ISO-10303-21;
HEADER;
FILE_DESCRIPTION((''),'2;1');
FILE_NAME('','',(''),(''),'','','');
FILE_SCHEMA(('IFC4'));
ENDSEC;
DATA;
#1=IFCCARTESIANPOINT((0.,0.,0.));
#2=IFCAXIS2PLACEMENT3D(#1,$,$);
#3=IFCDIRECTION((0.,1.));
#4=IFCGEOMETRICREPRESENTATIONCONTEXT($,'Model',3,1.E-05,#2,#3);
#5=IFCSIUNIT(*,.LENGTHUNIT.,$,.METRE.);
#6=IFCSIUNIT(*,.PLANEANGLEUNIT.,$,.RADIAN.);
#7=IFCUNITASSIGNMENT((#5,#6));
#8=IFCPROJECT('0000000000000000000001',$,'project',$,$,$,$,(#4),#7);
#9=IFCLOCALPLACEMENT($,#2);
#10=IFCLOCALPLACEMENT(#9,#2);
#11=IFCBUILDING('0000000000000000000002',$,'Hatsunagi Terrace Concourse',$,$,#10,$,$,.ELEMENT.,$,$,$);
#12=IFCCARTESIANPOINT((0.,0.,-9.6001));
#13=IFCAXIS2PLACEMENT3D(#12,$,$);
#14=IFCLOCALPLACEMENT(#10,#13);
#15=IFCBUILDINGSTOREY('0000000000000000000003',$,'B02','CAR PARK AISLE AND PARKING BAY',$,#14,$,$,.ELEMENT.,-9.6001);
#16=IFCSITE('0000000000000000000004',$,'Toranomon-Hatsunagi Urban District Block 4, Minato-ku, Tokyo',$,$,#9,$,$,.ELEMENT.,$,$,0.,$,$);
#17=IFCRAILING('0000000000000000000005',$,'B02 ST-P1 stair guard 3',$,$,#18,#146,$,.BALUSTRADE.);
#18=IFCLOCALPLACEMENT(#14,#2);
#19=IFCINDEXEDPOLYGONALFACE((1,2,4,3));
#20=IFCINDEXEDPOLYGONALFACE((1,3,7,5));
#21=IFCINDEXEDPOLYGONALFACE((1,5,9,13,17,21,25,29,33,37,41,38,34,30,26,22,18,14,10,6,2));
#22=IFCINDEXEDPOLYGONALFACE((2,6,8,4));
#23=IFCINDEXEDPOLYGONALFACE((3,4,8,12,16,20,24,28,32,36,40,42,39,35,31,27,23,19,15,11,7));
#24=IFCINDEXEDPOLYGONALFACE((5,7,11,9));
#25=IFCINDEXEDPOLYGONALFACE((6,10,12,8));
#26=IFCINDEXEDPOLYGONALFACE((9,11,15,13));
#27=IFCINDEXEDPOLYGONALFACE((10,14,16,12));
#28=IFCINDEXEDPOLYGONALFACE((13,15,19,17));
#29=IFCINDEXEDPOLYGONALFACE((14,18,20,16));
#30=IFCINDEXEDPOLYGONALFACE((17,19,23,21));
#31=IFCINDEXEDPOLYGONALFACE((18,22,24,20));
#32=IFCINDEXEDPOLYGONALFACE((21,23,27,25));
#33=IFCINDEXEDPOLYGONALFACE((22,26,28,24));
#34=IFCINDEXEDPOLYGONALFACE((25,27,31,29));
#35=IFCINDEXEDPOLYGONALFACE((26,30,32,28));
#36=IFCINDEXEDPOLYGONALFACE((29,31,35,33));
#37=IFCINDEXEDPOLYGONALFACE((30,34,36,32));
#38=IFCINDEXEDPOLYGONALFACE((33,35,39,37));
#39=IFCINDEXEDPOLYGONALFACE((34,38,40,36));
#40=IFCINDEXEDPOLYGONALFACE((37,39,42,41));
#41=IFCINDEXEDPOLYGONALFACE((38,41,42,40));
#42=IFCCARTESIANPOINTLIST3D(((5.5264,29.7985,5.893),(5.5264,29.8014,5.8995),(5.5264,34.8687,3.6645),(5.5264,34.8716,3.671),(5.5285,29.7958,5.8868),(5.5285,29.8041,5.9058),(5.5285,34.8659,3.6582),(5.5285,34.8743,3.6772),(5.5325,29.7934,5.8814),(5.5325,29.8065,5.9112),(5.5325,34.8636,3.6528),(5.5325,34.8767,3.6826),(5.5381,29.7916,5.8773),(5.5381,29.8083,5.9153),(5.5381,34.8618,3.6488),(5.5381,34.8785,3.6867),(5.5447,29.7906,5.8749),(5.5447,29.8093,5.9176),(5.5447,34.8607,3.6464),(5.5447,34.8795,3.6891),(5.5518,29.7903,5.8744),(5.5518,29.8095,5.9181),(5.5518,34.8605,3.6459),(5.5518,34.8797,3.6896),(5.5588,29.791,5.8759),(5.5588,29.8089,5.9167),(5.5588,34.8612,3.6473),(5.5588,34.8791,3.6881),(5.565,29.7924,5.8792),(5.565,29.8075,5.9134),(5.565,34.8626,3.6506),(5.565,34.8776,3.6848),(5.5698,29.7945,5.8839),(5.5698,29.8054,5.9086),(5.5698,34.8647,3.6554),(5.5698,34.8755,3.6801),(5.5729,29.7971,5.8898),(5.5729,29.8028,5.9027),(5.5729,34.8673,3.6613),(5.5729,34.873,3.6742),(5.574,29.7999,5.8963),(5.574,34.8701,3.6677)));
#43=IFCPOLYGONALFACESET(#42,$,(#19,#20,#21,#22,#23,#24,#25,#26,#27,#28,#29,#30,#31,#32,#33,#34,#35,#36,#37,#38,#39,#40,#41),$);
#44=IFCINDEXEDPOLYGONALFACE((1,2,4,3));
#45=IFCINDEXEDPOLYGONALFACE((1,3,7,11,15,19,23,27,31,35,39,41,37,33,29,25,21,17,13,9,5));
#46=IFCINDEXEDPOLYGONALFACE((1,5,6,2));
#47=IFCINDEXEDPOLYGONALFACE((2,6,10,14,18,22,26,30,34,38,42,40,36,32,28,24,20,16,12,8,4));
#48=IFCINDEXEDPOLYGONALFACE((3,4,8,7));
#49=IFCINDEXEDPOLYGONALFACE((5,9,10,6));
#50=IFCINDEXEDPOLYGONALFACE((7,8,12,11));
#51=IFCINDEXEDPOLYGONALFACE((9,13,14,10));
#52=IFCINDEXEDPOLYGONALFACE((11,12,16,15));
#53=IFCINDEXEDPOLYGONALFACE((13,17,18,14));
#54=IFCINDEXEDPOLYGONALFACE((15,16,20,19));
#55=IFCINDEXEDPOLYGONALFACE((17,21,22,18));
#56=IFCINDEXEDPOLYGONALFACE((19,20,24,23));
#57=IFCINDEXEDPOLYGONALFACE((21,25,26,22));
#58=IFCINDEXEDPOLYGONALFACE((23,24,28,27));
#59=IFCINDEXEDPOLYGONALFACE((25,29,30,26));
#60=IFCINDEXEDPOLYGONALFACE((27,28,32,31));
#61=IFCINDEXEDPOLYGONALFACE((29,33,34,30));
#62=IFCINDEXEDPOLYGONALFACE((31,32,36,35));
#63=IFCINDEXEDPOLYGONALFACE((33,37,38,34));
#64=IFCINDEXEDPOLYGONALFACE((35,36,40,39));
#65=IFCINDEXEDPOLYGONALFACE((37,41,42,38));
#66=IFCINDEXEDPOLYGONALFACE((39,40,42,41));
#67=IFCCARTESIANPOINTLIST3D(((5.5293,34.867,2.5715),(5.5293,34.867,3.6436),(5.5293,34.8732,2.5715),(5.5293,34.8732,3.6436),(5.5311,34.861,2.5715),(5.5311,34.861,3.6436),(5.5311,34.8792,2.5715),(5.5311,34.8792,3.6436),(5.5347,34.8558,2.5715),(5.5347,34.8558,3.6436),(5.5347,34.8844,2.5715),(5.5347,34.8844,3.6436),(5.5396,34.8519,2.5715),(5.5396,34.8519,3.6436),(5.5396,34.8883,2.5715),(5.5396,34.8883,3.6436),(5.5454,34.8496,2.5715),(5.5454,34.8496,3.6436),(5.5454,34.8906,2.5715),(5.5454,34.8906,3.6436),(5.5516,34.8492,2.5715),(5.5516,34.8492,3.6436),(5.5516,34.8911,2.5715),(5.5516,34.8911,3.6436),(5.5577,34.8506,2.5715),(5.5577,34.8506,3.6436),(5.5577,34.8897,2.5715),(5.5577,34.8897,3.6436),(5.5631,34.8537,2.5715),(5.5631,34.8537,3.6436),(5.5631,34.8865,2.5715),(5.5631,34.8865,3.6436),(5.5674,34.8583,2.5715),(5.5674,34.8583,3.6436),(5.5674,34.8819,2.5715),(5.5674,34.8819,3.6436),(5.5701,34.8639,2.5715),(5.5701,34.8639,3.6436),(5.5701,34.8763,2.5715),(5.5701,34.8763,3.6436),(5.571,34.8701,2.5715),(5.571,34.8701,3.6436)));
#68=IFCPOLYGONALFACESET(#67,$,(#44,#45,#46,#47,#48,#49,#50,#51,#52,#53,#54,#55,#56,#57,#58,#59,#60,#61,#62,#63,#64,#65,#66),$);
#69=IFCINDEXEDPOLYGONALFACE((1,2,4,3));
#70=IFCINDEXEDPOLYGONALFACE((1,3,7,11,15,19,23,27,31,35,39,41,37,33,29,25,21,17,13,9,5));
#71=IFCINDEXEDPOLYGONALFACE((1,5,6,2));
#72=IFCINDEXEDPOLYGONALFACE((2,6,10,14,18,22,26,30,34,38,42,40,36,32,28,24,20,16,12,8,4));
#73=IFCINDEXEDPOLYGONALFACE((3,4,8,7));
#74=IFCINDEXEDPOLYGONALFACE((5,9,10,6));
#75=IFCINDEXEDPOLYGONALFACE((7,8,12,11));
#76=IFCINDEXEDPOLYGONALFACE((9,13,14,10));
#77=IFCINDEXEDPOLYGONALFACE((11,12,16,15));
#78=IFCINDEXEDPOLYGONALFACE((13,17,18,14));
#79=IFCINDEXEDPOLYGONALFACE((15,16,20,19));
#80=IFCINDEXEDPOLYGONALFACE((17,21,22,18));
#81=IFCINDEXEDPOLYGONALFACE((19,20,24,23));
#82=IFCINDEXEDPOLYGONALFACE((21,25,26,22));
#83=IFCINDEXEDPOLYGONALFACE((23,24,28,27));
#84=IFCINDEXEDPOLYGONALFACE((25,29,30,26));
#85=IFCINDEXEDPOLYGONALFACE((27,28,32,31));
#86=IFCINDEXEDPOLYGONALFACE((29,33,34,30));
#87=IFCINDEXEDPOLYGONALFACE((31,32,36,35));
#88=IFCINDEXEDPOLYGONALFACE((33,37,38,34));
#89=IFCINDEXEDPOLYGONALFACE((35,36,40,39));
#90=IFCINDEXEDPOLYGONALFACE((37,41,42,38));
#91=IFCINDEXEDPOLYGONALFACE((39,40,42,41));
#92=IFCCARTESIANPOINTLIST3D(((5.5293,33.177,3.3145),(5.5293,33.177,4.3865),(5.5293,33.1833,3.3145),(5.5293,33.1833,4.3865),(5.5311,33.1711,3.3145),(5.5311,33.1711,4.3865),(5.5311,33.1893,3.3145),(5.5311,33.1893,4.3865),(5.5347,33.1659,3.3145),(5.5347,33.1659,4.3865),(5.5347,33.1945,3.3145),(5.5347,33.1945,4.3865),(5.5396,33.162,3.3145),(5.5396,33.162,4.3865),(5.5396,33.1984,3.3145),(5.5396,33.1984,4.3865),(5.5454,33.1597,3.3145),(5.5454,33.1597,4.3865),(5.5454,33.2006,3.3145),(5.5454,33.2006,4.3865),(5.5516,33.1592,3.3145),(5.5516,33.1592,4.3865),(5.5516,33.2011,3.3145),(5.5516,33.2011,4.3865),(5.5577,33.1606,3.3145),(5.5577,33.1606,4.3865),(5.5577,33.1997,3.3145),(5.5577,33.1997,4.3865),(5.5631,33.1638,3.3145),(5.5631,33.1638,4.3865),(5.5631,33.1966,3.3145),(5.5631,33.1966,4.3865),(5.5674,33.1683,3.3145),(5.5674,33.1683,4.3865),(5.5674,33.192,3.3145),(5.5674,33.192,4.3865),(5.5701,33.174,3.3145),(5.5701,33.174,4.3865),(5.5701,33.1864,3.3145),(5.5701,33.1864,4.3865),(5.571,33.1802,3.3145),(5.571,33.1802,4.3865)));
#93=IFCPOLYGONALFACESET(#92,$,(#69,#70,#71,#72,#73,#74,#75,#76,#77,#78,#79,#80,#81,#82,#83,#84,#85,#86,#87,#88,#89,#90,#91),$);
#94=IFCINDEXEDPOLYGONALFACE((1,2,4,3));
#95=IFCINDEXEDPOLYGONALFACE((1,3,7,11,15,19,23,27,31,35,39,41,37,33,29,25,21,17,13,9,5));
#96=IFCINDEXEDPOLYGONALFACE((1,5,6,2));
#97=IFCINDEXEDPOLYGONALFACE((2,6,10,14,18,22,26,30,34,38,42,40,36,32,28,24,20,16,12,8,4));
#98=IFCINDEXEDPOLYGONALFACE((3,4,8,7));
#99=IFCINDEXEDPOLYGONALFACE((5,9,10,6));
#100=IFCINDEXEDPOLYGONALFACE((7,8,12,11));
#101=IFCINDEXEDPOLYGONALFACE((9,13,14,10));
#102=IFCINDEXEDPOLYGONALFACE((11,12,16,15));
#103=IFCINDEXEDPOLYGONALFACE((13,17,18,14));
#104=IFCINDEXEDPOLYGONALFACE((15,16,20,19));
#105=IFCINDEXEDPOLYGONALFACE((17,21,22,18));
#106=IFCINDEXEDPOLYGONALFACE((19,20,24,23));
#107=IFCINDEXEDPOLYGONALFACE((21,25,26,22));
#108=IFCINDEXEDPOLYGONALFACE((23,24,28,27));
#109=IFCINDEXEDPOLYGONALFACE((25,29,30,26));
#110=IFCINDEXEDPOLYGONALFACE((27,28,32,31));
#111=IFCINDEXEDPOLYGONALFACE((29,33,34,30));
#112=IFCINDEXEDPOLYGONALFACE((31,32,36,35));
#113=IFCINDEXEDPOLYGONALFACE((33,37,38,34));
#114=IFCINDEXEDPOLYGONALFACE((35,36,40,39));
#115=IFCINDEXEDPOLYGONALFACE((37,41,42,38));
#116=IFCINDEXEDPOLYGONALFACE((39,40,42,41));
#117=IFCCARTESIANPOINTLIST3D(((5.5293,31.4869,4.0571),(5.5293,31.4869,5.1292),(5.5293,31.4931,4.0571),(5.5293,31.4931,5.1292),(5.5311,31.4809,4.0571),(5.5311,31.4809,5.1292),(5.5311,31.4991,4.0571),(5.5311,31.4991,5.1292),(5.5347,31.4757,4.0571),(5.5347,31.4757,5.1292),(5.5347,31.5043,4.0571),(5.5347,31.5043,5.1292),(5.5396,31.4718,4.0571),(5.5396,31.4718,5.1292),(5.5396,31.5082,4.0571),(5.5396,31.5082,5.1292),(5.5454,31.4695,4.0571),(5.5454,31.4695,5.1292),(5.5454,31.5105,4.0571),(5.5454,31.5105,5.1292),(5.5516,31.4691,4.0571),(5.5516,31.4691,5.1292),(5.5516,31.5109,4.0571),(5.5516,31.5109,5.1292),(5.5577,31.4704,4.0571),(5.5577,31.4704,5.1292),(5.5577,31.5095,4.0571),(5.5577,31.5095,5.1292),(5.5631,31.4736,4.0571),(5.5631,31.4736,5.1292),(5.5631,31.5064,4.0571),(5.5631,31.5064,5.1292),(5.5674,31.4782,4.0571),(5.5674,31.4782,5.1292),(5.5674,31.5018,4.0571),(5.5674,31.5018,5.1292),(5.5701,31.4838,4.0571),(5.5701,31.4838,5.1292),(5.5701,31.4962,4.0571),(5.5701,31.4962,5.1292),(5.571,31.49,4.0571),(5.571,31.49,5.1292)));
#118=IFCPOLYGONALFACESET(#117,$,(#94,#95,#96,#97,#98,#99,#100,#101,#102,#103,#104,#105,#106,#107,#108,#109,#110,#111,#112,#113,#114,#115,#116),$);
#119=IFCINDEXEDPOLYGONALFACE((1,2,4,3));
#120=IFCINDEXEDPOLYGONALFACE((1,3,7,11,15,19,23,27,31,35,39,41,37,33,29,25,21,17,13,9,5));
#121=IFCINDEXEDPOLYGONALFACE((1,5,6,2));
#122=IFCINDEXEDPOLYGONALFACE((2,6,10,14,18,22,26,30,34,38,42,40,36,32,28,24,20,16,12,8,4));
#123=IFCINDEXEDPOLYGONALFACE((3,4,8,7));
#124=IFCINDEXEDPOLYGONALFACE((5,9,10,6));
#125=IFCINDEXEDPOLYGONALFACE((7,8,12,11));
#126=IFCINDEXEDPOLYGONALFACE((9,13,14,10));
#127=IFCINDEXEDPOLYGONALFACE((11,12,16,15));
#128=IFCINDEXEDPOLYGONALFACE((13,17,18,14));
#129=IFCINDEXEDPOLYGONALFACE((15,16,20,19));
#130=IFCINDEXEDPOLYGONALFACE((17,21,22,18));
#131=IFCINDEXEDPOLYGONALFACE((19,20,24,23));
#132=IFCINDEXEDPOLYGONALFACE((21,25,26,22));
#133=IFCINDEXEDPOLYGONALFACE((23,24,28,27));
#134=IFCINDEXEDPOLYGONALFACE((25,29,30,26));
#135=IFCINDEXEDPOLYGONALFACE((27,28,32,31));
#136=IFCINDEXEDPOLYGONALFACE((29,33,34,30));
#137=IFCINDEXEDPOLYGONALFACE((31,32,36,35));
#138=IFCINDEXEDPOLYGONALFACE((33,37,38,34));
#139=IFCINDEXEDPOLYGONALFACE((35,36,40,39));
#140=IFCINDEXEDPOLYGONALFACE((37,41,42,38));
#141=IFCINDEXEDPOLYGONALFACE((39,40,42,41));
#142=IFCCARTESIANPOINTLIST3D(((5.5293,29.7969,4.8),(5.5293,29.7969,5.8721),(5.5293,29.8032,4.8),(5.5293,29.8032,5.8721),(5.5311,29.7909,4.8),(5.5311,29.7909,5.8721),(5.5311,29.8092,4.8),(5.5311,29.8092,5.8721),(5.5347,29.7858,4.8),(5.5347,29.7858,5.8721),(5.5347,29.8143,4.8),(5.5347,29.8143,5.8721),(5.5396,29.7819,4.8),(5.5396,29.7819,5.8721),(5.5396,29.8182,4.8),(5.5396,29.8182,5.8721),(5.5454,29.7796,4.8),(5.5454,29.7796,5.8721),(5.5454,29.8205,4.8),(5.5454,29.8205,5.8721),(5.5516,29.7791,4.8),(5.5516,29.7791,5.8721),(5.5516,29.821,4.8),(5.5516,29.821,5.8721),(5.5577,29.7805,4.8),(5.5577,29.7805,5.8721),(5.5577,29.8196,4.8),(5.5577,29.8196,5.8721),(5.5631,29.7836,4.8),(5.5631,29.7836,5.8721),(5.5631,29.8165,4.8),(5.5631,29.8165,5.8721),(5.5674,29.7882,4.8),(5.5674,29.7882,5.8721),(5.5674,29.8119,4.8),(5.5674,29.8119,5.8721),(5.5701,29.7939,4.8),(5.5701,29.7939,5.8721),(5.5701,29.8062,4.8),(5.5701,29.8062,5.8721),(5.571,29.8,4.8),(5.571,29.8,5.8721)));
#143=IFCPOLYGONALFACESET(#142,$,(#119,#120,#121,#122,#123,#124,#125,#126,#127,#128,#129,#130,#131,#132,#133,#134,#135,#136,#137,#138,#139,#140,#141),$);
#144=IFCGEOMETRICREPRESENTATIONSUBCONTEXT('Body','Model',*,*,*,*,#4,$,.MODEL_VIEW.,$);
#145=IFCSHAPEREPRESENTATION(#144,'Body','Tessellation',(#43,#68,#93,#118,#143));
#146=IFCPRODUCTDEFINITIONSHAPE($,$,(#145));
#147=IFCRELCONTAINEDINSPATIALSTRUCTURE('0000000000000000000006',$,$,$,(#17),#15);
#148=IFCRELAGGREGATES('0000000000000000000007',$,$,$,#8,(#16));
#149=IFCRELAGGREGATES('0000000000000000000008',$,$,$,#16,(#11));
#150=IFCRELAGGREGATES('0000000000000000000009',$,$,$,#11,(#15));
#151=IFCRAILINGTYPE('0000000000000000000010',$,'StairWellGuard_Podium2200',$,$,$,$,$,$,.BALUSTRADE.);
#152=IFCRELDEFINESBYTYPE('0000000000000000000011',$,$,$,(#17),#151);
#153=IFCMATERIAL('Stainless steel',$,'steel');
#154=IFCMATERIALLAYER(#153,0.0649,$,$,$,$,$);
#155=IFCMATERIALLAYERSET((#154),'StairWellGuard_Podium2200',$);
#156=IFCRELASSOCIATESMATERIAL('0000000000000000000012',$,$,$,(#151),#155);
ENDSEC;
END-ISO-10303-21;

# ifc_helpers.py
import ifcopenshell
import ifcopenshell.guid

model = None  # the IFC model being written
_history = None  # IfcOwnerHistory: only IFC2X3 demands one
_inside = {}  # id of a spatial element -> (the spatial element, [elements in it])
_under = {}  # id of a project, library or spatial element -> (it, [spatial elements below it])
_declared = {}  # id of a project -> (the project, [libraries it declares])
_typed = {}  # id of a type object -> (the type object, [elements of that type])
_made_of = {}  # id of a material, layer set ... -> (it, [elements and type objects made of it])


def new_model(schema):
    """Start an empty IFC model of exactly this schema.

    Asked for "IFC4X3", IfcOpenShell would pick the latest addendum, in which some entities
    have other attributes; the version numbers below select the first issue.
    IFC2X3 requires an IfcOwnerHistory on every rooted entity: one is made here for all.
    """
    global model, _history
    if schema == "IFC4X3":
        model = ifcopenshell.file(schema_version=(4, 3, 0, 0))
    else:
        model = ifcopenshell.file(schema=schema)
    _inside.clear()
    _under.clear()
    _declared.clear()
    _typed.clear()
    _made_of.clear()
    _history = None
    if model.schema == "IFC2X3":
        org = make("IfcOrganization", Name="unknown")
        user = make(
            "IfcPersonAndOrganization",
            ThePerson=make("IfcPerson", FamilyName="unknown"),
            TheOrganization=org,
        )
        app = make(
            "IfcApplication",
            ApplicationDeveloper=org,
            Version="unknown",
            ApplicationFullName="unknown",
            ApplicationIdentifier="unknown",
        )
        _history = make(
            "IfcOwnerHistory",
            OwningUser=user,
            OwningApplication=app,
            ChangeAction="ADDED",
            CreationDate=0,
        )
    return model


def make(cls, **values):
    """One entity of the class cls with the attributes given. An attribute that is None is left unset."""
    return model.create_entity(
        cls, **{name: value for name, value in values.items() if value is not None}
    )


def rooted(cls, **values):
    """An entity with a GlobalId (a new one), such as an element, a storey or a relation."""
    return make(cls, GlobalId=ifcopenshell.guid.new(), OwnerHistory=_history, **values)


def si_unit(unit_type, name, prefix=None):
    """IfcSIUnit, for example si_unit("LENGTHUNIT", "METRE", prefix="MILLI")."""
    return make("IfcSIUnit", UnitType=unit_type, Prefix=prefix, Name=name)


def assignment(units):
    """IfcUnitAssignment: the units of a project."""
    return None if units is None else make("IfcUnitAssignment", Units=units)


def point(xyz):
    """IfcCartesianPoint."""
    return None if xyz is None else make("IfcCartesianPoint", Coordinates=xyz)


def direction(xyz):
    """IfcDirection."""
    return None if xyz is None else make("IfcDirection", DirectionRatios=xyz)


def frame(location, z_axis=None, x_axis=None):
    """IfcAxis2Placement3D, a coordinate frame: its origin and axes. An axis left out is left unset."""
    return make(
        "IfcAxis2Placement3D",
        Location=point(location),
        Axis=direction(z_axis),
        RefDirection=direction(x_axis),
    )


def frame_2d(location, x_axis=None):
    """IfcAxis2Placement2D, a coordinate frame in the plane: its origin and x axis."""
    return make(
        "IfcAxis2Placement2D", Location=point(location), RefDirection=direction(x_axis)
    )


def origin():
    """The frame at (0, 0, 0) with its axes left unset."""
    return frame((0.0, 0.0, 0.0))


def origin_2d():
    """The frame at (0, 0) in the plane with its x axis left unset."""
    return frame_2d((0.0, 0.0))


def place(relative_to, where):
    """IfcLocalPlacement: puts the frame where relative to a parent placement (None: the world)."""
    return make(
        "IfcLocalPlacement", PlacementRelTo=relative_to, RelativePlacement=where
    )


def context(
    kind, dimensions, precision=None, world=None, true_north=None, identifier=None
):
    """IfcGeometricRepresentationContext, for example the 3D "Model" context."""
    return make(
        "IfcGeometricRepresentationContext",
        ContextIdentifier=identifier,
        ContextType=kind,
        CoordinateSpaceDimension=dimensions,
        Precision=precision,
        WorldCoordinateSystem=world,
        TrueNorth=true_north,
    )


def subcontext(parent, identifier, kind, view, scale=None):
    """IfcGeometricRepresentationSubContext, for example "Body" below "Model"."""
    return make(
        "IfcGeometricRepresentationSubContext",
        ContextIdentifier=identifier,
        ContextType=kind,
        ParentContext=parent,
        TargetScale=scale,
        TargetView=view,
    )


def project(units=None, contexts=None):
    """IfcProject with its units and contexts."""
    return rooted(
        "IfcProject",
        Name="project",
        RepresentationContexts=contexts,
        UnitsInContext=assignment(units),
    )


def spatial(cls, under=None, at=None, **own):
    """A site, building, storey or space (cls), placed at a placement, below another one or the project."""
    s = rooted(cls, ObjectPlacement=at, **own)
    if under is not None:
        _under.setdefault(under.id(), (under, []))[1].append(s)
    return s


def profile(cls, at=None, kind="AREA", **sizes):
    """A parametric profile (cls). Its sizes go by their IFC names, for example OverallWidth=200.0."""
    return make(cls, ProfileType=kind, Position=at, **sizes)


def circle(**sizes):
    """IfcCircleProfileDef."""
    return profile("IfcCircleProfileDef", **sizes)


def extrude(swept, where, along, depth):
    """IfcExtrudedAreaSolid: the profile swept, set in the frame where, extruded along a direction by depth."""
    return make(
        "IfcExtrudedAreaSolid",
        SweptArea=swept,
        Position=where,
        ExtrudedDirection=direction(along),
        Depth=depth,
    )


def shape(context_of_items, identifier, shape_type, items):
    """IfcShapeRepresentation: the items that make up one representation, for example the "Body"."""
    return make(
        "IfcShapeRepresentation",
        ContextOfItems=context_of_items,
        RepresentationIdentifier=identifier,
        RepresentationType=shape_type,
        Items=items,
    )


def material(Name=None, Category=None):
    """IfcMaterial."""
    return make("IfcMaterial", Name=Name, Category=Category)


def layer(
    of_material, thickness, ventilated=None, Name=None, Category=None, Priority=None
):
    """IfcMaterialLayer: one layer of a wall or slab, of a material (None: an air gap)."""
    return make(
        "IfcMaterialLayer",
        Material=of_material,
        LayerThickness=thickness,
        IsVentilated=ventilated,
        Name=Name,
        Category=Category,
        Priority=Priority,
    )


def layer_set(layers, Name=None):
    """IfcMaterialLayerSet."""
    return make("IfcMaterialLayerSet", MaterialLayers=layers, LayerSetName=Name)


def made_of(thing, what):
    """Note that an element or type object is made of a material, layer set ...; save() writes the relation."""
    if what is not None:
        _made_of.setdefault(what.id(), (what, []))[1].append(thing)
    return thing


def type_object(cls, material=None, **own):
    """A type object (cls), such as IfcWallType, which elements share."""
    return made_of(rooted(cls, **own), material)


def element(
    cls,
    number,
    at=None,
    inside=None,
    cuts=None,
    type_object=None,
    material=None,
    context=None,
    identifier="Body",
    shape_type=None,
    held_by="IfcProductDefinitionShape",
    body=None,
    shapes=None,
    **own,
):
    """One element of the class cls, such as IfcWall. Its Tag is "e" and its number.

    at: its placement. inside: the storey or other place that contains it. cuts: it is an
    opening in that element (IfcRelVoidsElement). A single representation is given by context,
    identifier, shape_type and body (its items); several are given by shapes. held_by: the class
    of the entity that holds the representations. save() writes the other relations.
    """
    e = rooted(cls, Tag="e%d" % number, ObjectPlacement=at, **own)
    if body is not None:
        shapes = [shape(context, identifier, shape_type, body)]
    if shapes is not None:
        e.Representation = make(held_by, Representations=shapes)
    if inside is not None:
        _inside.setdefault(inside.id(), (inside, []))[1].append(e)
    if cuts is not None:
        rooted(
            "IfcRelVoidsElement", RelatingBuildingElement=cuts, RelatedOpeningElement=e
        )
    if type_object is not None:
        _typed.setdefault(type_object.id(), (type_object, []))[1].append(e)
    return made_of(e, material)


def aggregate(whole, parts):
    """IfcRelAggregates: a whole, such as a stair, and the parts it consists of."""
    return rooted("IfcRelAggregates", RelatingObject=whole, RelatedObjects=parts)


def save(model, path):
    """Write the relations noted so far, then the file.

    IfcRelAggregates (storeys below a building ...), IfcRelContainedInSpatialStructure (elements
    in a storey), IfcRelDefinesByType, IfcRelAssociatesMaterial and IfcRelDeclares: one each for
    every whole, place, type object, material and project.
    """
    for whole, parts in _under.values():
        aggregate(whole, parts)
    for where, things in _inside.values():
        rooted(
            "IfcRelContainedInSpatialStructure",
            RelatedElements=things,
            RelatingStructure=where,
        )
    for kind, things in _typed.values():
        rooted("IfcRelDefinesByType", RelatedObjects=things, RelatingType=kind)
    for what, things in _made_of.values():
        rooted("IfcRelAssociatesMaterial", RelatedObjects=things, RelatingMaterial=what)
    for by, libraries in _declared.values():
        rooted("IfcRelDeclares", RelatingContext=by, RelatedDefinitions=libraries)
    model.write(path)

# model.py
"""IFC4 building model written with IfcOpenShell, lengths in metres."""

from ifc_helpers import new_model, si_unit, direction, frame, origin, origin_2d, place, context, subcontext, project, spatial, circle, extrude, material, layer, layer_set, type_object, element, save


model = new_model("IFC4")

# Units and contexts
model_context = context("Model", 3, precision=1e-05, world=origin(), true_north=direction((0.0, 1.0)))
body_context = subcontext(model_context, "Body", "Model", "MODEL_VIEW")
ifc_project = project(units=[si_unit("LENGTHUNIT", "METRE"), si_unit("PLANEANGLEUNIT", "RADIAN")], contexts=[model_context])

# Site, building, storey
site_placement = place(None, origin())
site = spatial("IfcSite", under=ifc_project, at=site_placement, Name="Toranomon-Hatsunagi Urban District Block 4, Minato-ku, Tokyo", CompositionType="ELEMENT", RefElevation=0.0)
building_placement = place(site_placement, origin())
building = spatial("IfcBuilding", under=site, at=building_placement, Name="Hatsunagi Terrace Concourse", CompositionType="ELEMENT")
storey_placement = place(building_placement, frame((0.0, 0.0, -9.6001)))
storey = spatial("IfcBuildingStorey", under=building, at=storey_placement, Name="B02", Description="CAR PARK AISLE AND PARKING BAY", CompositionType="ELEMENT", Elevation=-9.6001)

# Railing
ifc_material_1 = material(Name="Stainless steel", Category="steel")
ifc_layer_1 = layer(ifc_material_1, 0.0649)
ifc_layer_set_1 = layer_set([ifc_layer_1], Name="StairWellGuard_Podium2200")
railing_type_1 = type_object("IfcRailingType", Name="StairWellGuard_Podium2200", PredefinedType="BALUSTRADE", material=ifc_layer_set_1)
railing_1_placement = place(storey_placement, frame((5.55, 34.8701, 2.5715)))
element("IfcRailing", 1, at=railing_1_placement, inside=storey, type_object=railing_type_1, Name="B02 ST-P1 stair guard 3", PredefinedType="BALUSTRADE", context=body_context, shape_type="SweptSolid", body=[
    extrude(circle(Radius=0.0239, at=origin_2d()), frame((0.0, 0.0, 1.0962), z_axis=(0.0, -0.915469, 0.402388), x_axis=(1.0, 0.0, 0.0)), (0.0, 0.0, 1.0), 5.5383),
    extrude(circle(Radius=0.021, at=origin_2d()), origin(), (0.0, 0.0, 1.0), 1.072),
    extrude(circle(Radius=0.021, at=origin_2d()), frame((0.0, -1.6899, 0.7429)), (0.0, 0.0, 1.0), 1.072),
    extrude(circle(Radius=0.021, at=origin_2d()), frame((0.0, -3.3801, 1.4856)), (0.0, 0.0, 1.0), 1.072),
    extrude(circle(Radius=0.021, at=origin_2d()), frame((0.0, -5.0701, 2.2285)), (0.0, 0.0, 1.0), 1.072),
])

save(model, "model.ifc")
